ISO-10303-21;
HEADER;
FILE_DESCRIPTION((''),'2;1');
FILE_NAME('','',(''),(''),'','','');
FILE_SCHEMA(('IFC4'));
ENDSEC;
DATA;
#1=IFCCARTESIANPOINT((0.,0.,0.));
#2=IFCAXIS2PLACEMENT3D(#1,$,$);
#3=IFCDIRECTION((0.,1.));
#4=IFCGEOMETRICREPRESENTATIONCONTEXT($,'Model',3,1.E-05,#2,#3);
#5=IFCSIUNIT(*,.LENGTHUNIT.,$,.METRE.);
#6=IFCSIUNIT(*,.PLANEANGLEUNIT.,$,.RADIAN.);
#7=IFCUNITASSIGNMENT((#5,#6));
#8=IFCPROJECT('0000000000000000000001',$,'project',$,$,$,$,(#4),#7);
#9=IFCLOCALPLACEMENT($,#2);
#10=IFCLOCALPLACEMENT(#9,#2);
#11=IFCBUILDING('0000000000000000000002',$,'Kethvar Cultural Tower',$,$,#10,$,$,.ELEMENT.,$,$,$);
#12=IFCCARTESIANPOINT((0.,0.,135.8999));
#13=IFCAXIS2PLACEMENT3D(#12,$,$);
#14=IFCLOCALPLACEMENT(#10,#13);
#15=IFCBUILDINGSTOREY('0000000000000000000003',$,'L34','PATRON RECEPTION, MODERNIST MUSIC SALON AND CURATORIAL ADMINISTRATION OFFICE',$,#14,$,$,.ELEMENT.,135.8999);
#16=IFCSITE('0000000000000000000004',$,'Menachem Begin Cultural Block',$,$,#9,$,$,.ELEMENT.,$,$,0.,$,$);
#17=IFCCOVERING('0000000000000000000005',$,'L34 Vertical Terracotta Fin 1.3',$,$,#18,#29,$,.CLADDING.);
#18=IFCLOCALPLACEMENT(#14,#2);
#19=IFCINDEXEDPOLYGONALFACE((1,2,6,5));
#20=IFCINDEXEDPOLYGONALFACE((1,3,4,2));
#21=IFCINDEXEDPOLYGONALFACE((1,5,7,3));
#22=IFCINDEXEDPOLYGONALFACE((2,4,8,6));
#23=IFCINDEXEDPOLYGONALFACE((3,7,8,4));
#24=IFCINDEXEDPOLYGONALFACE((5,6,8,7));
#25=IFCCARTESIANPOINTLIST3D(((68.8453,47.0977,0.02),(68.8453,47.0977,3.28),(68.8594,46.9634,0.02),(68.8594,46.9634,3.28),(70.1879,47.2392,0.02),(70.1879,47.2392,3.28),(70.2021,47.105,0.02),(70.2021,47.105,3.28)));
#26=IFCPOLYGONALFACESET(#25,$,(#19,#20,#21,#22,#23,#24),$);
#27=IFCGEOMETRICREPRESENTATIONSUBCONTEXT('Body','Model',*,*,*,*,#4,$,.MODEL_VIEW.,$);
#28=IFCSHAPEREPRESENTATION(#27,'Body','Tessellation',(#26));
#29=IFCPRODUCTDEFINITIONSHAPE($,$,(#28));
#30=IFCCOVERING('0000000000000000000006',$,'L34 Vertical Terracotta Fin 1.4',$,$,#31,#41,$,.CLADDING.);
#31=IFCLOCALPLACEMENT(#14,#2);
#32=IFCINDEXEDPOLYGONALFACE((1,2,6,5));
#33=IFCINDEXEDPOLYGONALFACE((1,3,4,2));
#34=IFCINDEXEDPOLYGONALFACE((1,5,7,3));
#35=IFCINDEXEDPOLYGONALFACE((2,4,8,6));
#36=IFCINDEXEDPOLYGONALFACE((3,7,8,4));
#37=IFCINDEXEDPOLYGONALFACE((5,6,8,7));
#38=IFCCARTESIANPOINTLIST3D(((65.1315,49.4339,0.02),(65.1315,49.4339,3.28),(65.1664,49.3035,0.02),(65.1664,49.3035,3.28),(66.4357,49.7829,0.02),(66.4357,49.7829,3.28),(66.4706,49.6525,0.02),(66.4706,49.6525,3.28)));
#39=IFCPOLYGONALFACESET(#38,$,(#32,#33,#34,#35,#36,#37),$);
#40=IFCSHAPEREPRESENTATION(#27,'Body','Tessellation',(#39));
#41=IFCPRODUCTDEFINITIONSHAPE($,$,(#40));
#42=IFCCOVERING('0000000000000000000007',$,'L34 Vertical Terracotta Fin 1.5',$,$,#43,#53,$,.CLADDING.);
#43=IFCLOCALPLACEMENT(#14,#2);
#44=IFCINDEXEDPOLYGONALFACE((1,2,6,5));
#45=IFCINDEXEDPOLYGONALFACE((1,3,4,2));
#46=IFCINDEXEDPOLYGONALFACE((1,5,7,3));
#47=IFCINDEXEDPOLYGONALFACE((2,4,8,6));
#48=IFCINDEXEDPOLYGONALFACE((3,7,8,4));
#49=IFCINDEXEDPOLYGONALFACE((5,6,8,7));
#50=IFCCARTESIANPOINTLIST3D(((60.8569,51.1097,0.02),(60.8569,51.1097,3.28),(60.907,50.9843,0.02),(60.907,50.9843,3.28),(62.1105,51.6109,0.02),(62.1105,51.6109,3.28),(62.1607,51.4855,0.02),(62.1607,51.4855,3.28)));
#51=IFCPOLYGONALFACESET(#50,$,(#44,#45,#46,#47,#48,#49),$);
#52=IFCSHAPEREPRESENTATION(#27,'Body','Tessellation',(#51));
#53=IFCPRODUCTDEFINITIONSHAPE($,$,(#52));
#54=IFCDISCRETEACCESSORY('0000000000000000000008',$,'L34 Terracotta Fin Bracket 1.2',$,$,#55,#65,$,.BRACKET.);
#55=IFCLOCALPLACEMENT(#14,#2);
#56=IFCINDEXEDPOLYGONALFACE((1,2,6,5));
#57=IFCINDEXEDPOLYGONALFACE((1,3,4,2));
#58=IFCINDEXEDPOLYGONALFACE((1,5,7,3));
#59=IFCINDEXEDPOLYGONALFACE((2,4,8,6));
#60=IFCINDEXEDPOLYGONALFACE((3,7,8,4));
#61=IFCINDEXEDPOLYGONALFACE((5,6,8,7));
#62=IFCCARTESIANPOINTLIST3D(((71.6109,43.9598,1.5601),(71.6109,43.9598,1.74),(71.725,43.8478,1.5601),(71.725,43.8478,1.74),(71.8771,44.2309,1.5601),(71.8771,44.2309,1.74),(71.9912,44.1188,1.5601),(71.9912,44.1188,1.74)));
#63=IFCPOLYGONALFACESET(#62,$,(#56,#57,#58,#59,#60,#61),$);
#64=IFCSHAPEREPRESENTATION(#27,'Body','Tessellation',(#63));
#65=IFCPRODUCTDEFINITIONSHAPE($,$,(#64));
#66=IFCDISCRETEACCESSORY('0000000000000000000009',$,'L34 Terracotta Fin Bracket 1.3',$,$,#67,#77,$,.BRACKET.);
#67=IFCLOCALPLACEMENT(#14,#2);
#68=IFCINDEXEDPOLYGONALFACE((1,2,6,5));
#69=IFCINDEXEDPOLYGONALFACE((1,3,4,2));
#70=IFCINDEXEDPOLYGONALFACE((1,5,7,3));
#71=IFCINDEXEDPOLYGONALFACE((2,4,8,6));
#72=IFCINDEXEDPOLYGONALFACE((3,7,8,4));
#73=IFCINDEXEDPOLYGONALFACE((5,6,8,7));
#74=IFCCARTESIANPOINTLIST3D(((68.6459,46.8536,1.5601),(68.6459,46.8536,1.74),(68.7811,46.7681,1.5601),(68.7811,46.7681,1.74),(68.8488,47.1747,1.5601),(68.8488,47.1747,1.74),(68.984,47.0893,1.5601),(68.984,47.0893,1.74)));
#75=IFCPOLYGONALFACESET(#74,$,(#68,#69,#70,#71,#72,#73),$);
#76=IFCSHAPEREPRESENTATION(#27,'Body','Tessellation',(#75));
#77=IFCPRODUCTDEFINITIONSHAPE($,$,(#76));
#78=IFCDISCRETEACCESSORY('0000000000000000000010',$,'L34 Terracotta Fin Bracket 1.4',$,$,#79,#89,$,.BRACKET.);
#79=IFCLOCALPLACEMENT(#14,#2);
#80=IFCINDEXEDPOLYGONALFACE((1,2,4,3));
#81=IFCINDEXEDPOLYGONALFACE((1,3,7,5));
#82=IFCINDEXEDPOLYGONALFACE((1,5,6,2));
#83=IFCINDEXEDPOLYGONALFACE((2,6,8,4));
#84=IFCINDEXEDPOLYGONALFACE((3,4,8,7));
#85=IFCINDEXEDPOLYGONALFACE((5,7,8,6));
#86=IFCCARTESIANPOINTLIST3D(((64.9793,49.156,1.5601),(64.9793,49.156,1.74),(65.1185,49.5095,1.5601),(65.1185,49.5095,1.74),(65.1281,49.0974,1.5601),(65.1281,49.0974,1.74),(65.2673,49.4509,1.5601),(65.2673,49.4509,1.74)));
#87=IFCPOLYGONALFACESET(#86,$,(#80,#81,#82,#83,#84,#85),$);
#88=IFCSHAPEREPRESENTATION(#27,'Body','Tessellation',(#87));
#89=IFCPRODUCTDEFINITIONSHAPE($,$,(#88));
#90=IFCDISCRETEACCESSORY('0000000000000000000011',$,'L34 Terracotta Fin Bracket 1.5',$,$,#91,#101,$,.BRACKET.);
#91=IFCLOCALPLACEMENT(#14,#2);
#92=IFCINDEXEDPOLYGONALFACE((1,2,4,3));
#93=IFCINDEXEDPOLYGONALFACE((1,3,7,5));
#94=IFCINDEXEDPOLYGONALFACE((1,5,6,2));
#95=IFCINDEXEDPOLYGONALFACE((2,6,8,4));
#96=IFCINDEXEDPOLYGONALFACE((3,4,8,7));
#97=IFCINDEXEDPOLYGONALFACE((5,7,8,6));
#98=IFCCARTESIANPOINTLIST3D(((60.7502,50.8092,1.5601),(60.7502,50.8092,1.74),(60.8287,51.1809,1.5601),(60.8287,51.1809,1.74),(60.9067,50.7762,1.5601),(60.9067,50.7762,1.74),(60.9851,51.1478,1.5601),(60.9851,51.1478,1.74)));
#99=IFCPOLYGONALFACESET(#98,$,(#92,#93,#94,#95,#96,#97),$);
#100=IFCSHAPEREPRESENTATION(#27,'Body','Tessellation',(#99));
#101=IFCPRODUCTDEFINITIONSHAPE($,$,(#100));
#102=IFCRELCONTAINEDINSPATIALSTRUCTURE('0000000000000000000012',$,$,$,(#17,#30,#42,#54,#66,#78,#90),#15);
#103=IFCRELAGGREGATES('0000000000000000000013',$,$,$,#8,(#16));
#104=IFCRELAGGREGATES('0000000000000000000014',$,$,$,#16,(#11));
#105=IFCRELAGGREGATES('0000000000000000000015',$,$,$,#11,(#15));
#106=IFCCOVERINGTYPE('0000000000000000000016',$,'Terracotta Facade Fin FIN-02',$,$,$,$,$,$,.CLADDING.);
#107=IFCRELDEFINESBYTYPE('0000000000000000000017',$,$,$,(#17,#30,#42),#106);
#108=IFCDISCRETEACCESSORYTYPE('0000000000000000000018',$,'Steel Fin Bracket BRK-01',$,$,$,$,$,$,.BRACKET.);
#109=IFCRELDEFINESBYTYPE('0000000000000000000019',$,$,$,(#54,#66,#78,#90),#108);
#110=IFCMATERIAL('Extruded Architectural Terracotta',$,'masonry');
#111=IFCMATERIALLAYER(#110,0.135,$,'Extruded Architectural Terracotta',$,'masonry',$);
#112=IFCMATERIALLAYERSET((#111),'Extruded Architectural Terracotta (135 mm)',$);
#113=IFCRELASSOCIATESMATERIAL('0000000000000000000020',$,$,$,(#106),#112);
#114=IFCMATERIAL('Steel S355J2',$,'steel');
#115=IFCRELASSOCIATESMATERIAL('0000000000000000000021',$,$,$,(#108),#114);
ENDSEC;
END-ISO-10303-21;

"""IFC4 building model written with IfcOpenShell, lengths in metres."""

from ifc_helpers import new_model, si_unit, direction, frame, origin, origin_2d, place, context, subcontext, project, spatial, rectangle, extrude, source, transform, mapped, material, layer, layer_set, type_object, element, save


model = new_model("IFC4")

# Units and contexts
model_context = context("Model", 3, precision=1e-05, world=origin(), true_north=direction((0.0, 1.0)))
body_context = subcontext(model_context, "Body", "Model", "MODEL_VIEW")
ifc_project = project(units=[si_unit("LENGTHUNIT", "METRE"), si_unit("PLANEANGLEUNIT", "RADIAN")], contexts=[model_context])

# Site, building, storey
site_placement = place(None, origin())
site = spatial("IfcSite", under=ifc_project, at=site_placement, Name="Menachem Begin Cultural Block", CompositionType="ELEMENT", RefElevation=0.0)
building_placement = place(site_placement, origin())
building = spatial("IfcBuilding", under=site, at=building_placement, Name="Kethvar Cultural Tower", CompositionType="ELEMENT")
storey_placement = place(building_placement, frame((0.0, 0.0, 135.8999)))
storey = spatial("IfcBuildingStorey", under=building, at=storey_placement, Name="L34", Description="PATRON RECEPTION, MODERNIST MUSIC SALON AND CURATORIAL ADMINISTRATION OFFICE", CompositionType="ELEMENT", Elevation=135.8999)

# Shared definitions
ifc_material_1 = material(Name="Steel S355J2", Category="steel")

# Coverings
ifc_material_2 = material(Name="Extruded Architectural Terracotta", Category="masonry")
ifc_layer_1 = layer(ifc_material_2, 0.135, Name="Extruded Architectural Terracotta", Category="masonry")
ifc_layer_set_1 = layer_set([ifc_layer_1], Name="Extruded Architectural Terracotta (135 mm)")
covering_type = type_object("IfcCoveringType", Name="Terracotta Facade Fin FIN-02", PredefinedType="CLADDING", material=ifc_layer_set_1)
shared_shape_1 = source(origin(), body_context, "Body", "SweptSolid", [
    extrude(rectangle(XDim=1.3501, YDim=0.135, at=origin_2d()), origin(), (0.0, 0.0, 1.0), 3.26),
])
for number, where, z_axis, x_axis, name in (
    (1, (69.5237, 47.1013, 0.02), (0.0, 0.0, 1.0), (0.994485, 0.104876, 0.0), "L34 Vertical Terracotta Fin 1.3"),
    (2, (65.801, 49.5432, 0.02), (0.0, 0.0, 1.0), (0.966016, 0.258482, 0.0), "L34 Vertical Terracotta Fin 1.4"),
    (3, (61.5088, 51.2976, 0.02), (0.0, 0.0, 1.0), (0.928551, 0.371206, 0.0), "L34 Vertical Terracotta Fin 1.5"),
):
    element("IfcCovering", number, at=place(storey_placement, frame(where, z_axis=z_axis, x_axis=x_axis)), inside=storey, type_object=covering_type, Name=name, PredefinedType="CLADDING", context=body_context, shape_type="MappedRepresentation", body=[
        mapped(shared_shape_1, transform((0.0, 0.0, 0.0), scale=1.0)),
    ])

# Discrete accessories
discrete_accessory_type = type_object("IfcDiscreteAccessoryType", Name="Steel Fin Bracket BRK-01", PredefinedType="BRACKET", material=ifc_material_1)
shared_shape_2 = source(origin(), body_context, "Body", "SweptSolid", [
    extrude(rectangle(XDim=0.3799, YDim=0.1599, at=origin_2d()), origin(), (0.0, 0.0, 1.0), 0.1799),
])
for number, where, z_axis, x_axis, name in (
    (4, (71.801, 44.0393, 1.5601), (0.0, 0.0, 1.0), (0.70066, 0.713495, 0.0), "L34 Terracotta Fin Bracket 1.2"),
    (5, (68.8149, 46.9714, 1.5601), (0.0, 0.0, 1.0), (0.534057, 0.845448, 0.0), "L34 Terracotta Fin Bracket 1.3"),
    (6, (65.1233, 49.3035, 1.5601), (0.0, 0.0, 1.0), (0.366339, 0.930482, 0.0), "L34 Terracotta Fin Bracket 1.4"),
    (7, (60.8677, 50.9785, 1.5601), (0.0, 0.0, 1.0), (0.206546, 0.978437, 0.0), "L34 Terracotta Fin Bracket 1.5"),
):
    element("IfcDiscreteAccessory", number, at=place(storey_placement, frame(where, z_axis=z_axis, x_axis=x_axis)), inside=storey, type_object=discrete_accessory_type, Name=name, PredefinedType="BRACKET", context=body_context, shape_type="MappedRepresentation", body=[
        mapped(shared_shape_2, transform((0.0, 0.0, 0.0), scale=1.0)),
    ])

save(model, "model.ifc")
